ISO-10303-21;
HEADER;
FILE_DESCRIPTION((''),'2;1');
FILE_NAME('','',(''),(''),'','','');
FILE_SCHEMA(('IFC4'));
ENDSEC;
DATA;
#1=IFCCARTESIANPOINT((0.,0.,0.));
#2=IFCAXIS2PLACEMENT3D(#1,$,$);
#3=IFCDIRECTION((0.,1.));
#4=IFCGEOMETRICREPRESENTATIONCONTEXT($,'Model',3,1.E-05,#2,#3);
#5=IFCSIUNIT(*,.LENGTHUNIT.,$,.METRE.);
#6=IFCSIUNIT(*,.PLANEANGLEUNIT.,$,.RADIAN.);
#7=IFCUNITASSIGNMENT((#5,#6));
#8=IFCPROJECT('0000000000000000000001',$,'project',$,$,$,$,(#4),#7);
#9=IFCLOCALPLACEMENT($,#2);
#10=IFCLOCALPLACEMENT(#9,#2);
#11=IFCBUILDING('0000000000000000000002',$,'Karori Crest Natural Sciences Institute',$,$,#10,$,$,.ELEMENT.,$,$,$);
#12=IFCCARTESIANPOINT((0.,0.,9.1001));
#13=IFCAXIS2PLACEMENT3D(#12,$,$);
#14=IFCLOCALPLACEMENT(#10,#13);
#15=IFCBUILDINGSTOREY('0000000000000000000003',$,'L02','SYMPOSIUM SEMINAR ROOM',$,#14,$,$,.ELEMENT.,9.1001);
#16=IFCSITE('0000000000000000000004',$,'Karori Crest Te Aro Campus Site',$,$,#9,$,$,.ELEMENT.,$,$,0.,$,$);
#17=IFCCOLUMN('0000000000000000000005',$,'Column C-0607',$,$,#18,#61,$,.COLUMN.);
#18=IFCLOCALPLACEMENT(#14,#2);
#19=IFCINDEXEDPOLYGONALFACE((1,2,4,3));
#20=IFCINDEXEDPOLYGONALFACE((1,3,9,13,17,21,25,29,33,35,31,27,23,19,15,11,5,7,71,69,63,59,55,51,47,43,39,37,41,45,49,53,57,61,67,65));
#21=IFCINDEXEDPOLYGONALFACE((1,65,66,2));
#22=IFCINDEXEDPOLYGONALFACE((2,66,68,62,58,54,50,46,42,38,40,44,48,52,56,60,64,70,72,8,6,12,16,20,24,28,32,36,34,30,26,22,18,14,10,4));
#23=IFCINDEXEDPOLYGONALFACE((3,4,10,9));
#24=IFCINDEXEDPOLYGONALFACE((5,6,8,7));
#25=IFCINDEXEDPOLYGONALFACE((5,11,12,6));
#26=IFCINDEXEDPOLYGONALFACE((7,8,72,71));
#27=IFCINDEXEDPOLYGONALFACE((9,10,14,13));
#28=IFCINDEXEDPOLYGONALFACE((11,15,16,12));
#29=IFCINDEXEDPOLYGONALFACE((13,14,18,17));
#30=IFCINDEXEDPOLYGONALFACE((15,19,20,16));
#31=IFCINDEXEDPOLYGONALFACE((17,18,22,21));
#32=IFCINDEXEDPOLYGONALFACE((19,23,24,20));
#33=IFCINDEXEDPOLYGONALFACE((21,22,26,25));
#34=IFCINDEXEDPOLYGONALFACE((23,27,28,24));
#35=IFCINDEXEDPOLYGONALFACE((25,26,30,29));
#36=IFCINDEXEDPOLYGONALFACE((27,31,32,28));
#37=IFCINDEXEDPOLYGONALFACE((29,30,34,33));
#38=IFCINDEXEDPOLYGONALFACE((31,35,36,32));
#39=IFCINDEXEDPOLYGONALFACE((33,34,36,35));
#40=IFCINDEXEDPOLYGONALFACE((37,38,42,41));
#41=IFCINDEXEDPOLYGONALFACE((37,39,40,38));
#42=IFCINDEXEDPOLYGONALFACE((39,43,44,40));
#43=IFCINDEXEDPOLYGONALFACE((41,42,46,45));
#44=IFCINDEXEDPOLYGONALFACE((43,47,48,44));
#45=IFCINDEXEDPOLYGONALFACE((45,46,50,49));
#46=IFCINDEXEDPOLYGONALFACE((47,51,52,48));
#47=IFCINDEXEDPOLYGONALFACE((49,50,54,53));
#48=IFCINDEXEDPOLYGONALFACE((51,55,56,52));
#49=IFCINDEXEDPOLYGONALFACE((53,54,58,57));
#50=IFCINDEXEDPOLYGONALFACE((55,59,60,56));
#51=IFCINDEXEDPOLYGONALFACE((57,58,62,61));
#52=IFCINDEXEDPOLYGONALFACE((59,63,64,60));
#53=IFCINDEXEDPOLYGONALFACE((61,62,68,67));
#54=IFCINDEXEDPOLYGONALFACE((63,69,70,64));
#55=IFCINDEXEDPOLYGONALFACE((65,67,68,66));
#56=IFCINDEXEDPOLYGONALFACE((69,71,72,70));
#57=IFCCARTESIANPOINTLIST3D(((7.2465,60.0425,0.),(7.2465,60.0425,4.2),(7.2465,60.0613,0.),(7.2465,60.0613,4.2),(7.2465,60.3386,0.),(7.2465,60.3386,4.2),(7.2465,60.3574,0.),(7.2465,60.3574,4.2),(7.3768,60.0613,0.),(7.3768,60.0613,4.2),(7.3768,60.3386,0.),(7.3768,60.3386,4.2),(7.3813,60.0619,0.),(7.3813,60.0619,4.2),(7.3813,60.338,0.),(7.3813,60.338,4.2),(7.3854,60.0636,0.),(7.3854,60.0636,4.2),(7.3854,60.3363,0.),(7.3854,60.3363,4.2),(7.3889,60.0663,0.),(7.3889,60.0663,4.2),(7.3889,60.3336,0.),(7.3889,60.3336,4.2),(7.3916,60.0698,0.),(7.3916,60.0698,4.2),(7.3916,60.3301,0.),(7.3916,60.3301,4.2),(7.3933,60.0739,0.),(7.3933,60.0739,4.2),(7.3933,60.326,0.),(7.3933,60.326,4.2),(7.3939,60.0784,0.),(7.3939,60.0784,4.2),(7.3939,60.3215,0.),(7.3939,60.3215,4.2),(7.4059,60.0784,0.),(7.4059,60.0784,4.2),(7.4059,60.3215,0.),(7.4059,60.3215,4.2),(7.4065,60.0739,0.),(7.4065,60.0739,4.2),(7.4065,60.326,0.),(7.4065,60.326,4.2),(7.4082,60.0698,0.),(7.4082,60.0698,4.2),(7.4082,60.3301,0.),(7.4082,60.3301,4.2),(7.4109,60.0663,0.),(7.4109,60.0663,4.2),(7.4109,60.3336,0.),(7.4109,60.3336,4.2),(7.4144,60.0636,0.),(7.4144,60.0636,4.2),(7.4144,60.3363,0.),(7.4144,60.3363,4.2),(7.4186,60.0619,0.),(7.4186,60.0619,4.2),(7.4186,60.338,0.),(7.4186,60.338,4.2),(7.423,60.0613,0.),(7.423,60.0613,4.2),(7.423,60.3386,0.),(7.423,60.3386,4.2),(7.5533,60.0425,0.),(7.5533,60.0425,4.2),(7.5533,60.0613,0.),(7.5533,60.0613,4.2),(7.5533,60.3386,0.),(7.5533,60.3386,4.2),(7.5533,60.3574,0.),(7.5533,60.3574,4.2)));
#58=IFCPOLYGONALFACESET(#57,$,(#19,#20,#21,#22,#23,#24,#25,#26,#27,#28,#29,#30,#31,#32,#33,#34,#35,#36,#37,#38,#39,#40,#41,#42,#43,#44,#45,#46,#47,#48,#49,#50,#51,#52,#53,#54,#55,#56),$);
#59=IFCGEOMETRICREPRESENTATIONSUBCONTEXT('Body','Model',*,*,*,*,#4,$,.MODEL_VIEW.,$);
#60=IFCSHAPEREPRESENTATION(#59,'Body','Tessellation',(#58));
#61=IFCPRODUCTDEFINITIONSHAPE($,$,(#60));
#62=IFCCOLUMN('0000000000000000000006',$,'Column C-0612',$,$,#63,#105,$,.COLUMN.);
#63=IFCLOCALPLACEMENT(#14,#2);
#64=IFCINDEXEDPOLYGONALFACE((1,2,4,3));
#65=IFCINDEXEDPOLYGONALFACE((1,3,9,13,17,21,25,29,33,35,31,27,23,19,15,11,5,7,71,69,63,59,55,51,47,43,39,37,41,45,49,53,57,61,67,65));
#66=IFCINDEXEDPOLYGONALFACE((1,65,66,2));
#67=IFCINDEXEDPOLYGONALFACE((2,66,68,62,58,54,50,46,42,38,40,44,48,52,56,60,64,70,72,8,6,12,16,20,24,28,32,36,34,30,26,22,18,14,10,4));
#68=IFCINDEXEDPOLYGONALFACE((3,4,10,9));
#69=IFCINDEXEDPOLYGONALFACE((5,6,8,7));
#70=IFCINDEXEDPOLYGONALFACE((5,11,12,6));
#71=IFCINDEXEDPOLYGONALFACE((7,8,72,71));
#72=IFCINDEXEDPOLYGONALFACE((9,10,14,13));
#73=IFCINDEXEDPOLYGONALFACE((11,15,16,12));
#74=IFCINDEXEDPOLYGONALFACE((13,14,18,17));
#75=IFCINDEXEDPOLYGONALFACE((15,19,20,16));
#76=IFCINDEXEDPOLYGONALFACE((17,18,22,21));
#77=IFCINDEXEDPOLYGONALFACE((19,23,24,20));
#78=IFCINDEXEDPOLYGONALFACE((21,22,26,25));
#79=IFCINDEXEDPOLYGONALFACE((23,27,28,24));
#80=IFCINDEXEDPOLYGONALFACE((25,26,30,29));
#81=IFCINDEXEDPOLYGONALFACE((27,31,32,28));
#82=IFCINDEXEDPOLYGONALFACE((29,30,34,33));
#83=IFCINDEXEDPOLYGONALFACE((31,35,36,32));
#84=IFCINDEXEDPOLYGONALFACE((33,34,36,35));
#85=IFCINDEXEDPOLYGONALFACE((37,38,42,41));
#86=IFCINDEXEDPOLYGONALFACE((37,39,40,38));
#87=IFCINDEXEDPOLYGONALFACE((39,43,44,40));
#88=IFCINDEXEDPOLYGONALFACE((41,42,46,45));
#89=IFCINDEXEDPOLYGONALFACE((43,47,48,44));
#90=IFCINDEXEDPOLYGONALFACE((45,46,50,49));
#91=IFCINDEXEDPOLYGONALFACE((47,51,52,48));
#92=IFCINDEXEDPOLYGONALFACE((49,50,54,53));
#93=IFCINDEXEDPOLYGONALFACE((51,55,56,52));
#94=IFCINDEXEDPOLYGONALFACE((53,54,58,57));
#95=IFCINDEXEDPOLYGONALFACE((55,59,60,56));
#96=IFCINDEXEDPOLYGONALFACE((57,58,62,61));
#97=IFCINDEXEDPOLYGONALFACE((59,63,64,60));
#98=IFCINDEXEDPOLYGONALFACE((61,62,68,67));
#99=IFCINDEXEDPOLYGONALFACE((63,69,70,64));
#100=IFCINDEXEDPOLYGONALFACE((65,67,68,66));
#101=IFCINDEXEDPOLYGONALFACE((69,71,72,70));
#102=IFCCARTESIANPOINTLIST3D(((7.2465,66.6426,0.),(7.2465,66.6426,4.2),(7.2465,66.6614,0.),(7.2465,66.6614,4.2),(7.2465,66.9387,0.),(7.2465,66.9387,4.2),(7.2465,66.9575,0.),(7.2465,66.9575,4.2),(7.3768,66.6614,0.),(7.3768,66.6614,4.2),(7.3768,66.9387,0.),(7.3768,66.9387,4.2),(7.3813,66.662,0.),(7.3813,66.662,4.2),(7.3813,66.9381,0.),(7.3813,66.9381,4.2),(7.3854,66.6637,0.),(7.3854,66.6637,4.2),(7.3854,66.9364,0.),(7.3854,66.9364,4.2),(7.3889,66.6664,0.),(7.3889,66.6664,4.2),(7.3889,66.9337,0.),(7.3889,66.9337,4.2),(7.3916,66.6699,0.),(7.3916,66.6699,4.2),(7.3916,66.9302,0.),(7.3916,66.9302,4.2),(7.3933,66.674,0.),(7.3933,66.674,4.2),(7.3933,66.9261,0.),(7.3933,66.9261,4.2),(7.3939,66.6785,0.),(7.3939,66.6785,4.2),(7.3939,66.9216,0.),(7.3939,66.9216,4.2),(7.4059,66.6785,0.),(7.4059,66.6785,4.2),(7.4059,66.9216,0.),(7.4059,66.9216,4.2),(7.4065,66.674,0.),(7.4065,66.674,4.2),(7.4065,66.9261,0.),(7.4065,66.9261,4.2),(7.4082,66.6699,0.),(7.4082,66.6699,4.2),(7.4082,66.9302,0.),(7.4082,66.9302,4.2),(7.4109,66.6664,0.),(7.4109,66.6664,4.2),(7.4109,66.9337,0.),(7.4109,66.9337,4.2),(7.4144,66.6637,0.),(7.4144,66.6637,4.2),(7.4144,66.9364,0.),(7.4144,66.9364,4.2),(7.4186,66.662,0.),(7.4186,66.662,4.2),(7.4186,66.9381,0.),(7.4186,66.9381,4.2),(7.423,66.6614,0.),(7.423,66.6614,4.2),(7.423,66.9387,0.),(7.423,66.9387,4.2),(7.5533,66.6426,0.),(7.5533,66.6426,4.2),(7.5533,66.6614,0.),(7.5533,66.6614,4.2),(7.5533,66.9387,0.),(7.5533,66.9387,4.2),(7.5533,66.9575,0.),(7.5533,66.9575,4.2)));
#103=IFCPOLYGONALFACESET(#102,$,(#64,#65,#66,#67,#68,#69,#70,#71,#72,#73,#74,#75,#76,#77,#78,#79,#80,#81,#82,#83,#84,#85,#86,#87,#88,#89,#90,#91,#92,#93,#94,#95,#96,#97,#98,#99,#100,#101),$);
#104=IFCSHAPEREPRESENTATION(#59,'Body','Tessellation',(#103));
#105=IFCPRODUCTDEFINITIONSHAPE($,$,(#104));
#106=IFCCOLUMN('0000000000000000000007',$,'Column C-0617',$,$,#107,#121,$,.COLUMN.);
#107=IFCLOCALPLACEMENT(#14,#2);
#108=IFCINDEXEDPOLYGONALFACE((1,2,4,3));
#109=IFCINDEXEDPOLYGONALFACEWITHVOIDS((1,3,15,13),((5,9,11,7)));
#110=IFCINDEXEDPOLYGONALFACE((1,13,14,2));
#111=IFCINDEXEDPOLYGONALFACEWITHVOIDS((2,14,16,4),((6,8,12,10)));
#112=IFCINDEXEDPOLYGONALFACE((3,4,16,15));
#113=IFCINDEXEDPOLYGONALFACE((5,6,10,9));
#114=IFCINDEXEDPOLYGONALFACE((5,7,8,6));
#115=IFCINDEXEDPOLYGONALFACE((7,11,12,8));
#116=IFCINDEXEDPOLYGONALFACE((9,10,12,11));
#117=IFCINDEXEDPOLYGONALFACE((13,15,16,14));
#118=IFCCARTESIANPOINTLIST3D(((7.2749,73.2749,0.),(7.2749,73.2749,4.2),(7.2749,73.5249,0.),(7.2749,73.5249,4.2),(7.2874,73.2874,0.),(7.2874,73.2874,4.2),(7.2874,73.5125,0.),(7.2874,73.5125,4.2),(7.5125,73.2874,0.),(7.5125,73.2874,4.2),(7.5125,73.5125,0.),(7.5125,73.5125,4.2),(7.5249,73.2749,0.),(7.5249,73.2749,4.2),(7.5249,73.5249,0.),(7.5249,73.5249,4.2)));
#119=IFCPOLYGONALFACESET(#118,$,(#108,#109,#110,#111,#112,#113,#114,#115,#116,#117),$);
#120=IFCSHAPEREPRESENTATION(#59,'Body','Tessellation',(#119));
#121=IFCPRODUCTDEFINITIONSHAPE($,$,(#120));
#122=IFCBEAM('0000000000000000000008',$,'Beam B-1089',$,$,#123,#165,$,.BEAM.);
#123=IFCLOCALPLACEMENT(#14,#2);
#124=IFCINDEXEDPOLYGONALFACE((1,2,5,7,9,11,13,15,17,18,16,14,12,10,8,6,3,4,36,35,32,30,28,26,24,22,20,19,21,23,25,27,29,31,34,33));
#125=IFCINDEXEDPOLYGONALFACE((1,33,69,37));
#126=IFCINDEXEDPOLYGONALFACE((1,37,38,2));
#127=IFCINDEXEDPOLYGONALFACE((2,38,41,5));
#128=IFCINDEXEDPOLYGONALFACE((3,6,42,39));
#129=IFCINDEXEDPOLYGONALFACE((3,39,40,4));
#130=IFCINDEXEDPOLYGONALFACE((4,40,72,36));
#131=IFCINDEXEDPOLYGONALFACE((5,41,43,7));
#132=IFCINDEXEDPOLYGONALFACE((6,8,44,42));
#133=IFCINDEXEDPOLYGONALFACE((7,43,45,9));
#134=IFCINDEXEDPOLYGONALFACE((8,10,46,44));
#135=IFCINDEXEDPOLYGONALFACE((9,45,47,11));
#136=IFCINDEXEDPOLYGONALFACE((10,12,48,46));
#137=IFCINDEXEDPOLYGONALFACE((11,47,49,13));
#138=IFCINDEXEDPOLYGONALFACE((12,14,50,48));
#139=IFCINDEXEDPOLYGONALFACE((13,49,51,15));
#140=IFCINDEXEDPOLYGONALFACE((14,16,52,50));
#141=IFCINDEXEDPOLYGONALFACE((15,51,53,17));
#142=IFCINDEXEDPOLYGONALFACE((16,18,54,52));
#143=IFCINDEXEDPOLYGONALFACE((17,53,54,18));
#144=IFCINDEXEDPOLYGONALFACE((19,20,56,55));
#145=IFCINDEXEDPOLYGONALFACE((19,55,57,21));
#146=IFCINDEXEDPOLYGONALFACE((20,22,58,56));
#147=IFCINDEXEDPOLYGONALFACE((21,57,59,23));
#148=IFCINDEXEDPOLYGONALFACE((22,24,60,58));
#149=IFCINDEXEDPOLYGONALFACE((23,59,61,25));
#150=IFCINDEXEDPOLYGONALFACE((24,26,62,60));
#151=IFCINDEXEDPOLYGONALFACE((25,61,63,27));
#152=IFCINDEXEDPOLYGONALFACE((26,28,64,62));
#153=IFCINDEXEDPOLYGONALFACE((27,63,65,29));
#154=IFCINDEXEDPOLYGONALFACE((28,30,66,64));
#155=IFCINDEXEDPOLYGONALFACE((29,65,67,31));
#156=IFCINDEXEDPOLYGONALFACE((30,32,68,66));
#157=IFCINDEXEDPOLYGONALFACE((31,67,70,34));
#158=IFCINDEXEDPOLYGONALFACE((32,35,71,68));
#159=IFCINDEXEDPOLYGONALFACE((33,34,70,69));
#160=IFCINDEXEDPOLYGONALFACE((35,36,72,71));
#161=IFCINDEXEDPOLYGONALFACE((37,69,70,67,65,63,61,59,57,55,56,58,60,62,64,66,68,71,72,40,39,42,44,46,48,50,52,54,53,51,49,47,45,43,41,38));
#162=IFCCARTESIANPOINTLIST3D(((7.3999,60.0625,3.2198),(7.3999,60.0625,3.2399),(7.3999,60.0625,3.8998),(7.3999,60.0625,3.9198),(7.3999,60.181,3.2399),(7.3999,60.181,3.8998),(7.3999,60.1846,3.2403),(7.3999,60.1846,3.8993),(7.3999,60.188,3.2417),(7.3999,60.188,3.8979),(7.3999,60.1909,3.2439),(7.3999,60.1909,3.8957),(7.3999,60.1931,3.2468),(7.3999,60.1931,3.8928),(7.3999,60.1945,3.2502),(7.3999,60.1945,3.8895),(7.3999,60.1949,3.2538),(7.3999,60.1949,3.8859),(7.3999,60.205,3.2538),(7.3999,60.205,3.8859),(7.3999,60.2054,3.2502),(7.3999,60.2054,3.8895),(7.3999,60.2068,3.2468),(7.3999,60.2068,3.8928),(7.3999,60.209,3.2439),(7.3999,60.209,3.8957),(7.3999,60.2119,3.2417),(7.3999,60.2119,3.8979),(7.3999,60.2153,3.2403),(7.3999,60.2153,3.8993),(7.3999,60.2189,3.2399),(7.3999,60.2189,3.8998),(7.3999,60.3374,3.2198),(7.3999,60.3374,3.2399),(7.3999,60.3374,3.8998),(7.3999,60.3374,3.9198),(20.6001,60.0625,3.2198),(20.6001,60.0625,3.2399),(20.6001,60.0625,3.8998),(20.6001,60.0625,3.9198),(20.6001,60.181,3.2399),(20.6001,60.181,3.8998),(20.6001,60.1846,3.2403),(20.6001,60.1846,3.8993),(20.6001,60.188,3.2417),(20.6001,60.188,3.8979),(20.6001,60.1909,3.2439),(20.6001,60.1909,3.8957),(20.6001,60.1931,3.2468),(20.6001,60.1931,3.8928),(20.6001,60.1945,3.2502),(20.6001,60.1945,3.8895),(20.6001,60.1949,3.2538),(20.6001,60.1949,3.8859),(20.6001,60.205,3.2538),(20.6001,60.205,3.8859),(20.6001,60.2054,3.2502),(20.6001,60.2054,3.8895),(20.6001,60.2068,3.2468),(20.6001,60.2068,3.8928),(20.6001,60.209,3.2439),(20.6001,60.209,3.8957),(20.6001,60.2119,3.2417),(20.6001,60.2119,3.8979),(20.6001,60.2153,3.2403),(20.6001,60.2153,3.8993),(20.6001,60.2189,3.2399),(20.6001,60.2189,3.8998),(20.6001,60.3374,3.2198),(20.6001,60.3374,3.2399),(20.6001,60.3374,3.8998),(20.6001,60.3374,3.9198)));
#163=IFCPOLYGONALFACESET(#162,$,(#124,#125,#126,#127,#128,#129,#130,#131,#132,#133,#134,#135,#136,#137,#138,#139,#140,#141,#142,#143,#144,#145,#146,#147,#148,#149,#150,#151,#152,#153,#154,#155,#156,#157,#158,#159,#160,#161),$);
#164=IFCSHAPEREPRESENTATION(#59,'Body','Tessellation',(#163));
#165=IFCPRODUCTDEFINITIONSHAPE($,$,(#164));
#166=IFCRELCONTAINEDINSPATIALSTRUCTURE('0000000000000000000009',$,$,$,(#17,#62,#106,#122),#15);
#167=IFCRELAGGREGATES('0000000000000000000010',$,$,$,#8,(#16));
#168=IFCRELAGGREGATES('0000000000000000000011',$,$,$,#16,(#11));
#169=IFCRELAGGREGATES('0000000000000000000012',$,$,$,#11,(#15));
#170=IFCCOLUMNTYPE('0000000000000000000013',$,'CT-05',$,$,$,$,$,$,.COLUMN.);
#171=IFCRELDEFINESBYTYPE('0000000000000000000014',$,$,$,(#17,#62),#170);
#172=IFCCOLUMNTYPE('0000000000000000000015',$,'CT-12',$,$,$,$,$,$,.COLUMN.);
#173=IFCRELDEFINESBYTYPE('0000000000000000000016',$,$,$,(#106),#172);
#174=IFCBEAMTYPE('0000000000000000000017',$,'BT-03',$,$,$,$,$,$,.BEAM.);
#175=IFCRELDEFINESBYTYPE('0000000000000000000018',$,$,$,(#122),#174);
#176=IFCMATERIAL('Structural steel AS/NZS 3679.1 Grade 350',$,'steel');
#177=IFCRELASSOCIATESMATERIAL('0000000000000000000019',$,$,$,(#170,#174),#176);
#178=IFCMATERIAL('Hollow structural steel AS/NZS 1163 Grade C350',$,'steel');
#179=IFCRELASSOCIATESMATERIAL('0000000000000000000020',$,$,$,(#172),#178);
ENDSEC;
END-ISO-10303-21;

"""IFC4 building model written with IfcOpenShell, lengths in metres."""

from ifc_helpers import new_model, si_unit, direction, frame, origin, origin_2d, place, context, subcontext, project, spatial, hollow_rectangle, i_section, extrude, material, material_profile, profile_set, type_object, element, save


model = new_model("IFC4")

# Units and contexts
model_context = context("Model", 3, precision=1e-05, world=origin(), true_north=direction((0.0, 1.0)))
body_context = subcontext(model_context, "Body", "Model", "MODEL_VIEW")
ifc_project = project(units=[si_unit("LENGTHUNIT", "METRE"), si_unit("PLANEANGLEUNIT", "RADIAN")], contexts=[model_context])

# Site, building, storey
site_placement = place(None, origin())
site = spatial("IfcSite", under=ifc_project, at=site_placement, Name="Karori Crest Te Aro Campus Site", CompositionType="ELEMENT", RefElevation=0.0)
building_placement = place(site_placement, origin())
building = spatial("IfcBuilding", under=site, at=building_placement, Name="Karori Crest Natural Sciences Institute", CompositionType="ELEMENT")
storey_placement = place(building_placement, frame((0.0, 0.0, 9.1001)))
storey = spatial("IfcBuildingStorey", under=building, at=storey_placement, Name="L02", Description="SYMPOSIUM SEMINAR ROOM", CompositionType="ELEMENT", Elevation=9.1001)

# Columns
ifc_material_1 = material(Name="Structural steel AS/NZS 3679.1 Grade 350", Category="steel")
ifc_material_profile_1 = material_profile(ifc_material_1, i_section(OverallWidth=0.3069, OverallDepth=0.3149, WebThickness=0.012, FlangeThickness=0.0188, FilletRadius=0.0171, at=origin_2d()), Name="310UC118")
ifc_profile_set_1 = profile_set([ifc_material_profile_1], Name="Structural steel AS/NZS 3679.1 Grade 350")
column_type_1 = type_object("IfcColumnType", Name="CT-05", PredefinedType="COLUMN", material=ifc_profile_set_1)
for number, where, z_axis, x_axis, name in (
    (1, (7.3999, 60.2, 0.0), (0.0, 0.0, 1.0), (1.0, 0.0, 0.0), "Column C-0607"),
    (2, (7.3999, 66.8, 0.0), (0.0, 0.0, 1.0), (1.0, 0.0, 0.0), "Column C-0612"),
):
    element("IfcColumn", number, at=place(storey_placement, frame(where, z_axis=z_axis, x_axis=x_axis)), inside=storey, type_object=column_type_1, Name=name, PredefinedType="COLUMN", context=body_context, shape_type="SweptSolid", body=[
        extrude(i_section(OverallWidth=0.3069, OverallDepth=0.3149, WebThickness=0.012, FlangeThickness=0.0188, FilletRadius=0.0171, at=origin_2d()), origin(), (0.0, 0.0, 1.0), 4.2),
    ])
ifc_material_2 = material(Name="Hollow structural steel AS/NZS 1163 Grade C350", Category="steel")
ifc_material_profile_2 = material_profile(ifc_material_2, hollow_rectangle(XDim=0.25, YDim=0.25, WallThickness=0.0125, at=origin_2d()), Name="SHS250x250x12.5")
ifc_profile_set_2 = profile_set([ifc_material_profile_2], Name="Hollow structural steel AS/NZS 1163 Grade C350")
column_type_2 = type_object("IfcColumnType", Name="CT-12", PredefinedType="COLUMN", material=ifc_profile_set_2)
column_placement = place(storey_placement, frame((7.3999, 73.3999, 0.0), z_axis=(0.0, 0.0, 1.0), x_axis=(1.0, 0.0, 0.0)))
element("IfcColumn", 3, at=column_placement, inside=storey, type_object=column_type_2, Name="Column C-0617", PredefinedType="COLUMN", context=body_context, shape_type="SweptSolid", body=[
    extrude(hollow_rectangle(XDim=0.25, YDim=0.25, WallThickness=0.0125, at=origin_2d()), origin(), (0.0, 0.0, 1.0), 4.2),
])

# Beam
ifc_material_profile_3 = material_profile(ifc_material_1, i_section(OverallWidth=0.2749, OverallDepth=0.7, WebThickness=0.01, FlangeThickness=0.02, FilletRadius=0.0139, at=origin_2d()), Name="700WB150")
ifc_profile_set_3 = profile_set([ifc_material_profile_3], Name="Structural steel AS/NZS 3679.1 Grade 350")
beam_type_1 = type_object("IfcBeamType", Name="BT-03", PredefinedType="BEAM", material=ifc_profile_set_3)
for number, where, z_axis, x_axis, name in (
    (4, (7.3999, 60.2, 3.5698), (1.0, 0.0, 0.0), (0.0, 1.0, 0.0), "Beam B-1089"),
):
    element("IfcBeam", number, at=place(storey_placement, frame(where, z_axis=z_axis, x_axis=x_axis)), inside=storey, type_object=beam_type_1, Name=name, PredefinedType="BEAM", context=body_context, shape_type="SweptSolid", body=[
        extrude(i_section(OverallWidth=0.2749, OverallDepth=0.7, WebThickness=0.01, FlangeThickness=0.02, FilletRadius=0.0139, at=origin_2d()), origin(), (0.0, 0.0, 1.0), 13.2002),
    ])

save(model, "model.ifc")
